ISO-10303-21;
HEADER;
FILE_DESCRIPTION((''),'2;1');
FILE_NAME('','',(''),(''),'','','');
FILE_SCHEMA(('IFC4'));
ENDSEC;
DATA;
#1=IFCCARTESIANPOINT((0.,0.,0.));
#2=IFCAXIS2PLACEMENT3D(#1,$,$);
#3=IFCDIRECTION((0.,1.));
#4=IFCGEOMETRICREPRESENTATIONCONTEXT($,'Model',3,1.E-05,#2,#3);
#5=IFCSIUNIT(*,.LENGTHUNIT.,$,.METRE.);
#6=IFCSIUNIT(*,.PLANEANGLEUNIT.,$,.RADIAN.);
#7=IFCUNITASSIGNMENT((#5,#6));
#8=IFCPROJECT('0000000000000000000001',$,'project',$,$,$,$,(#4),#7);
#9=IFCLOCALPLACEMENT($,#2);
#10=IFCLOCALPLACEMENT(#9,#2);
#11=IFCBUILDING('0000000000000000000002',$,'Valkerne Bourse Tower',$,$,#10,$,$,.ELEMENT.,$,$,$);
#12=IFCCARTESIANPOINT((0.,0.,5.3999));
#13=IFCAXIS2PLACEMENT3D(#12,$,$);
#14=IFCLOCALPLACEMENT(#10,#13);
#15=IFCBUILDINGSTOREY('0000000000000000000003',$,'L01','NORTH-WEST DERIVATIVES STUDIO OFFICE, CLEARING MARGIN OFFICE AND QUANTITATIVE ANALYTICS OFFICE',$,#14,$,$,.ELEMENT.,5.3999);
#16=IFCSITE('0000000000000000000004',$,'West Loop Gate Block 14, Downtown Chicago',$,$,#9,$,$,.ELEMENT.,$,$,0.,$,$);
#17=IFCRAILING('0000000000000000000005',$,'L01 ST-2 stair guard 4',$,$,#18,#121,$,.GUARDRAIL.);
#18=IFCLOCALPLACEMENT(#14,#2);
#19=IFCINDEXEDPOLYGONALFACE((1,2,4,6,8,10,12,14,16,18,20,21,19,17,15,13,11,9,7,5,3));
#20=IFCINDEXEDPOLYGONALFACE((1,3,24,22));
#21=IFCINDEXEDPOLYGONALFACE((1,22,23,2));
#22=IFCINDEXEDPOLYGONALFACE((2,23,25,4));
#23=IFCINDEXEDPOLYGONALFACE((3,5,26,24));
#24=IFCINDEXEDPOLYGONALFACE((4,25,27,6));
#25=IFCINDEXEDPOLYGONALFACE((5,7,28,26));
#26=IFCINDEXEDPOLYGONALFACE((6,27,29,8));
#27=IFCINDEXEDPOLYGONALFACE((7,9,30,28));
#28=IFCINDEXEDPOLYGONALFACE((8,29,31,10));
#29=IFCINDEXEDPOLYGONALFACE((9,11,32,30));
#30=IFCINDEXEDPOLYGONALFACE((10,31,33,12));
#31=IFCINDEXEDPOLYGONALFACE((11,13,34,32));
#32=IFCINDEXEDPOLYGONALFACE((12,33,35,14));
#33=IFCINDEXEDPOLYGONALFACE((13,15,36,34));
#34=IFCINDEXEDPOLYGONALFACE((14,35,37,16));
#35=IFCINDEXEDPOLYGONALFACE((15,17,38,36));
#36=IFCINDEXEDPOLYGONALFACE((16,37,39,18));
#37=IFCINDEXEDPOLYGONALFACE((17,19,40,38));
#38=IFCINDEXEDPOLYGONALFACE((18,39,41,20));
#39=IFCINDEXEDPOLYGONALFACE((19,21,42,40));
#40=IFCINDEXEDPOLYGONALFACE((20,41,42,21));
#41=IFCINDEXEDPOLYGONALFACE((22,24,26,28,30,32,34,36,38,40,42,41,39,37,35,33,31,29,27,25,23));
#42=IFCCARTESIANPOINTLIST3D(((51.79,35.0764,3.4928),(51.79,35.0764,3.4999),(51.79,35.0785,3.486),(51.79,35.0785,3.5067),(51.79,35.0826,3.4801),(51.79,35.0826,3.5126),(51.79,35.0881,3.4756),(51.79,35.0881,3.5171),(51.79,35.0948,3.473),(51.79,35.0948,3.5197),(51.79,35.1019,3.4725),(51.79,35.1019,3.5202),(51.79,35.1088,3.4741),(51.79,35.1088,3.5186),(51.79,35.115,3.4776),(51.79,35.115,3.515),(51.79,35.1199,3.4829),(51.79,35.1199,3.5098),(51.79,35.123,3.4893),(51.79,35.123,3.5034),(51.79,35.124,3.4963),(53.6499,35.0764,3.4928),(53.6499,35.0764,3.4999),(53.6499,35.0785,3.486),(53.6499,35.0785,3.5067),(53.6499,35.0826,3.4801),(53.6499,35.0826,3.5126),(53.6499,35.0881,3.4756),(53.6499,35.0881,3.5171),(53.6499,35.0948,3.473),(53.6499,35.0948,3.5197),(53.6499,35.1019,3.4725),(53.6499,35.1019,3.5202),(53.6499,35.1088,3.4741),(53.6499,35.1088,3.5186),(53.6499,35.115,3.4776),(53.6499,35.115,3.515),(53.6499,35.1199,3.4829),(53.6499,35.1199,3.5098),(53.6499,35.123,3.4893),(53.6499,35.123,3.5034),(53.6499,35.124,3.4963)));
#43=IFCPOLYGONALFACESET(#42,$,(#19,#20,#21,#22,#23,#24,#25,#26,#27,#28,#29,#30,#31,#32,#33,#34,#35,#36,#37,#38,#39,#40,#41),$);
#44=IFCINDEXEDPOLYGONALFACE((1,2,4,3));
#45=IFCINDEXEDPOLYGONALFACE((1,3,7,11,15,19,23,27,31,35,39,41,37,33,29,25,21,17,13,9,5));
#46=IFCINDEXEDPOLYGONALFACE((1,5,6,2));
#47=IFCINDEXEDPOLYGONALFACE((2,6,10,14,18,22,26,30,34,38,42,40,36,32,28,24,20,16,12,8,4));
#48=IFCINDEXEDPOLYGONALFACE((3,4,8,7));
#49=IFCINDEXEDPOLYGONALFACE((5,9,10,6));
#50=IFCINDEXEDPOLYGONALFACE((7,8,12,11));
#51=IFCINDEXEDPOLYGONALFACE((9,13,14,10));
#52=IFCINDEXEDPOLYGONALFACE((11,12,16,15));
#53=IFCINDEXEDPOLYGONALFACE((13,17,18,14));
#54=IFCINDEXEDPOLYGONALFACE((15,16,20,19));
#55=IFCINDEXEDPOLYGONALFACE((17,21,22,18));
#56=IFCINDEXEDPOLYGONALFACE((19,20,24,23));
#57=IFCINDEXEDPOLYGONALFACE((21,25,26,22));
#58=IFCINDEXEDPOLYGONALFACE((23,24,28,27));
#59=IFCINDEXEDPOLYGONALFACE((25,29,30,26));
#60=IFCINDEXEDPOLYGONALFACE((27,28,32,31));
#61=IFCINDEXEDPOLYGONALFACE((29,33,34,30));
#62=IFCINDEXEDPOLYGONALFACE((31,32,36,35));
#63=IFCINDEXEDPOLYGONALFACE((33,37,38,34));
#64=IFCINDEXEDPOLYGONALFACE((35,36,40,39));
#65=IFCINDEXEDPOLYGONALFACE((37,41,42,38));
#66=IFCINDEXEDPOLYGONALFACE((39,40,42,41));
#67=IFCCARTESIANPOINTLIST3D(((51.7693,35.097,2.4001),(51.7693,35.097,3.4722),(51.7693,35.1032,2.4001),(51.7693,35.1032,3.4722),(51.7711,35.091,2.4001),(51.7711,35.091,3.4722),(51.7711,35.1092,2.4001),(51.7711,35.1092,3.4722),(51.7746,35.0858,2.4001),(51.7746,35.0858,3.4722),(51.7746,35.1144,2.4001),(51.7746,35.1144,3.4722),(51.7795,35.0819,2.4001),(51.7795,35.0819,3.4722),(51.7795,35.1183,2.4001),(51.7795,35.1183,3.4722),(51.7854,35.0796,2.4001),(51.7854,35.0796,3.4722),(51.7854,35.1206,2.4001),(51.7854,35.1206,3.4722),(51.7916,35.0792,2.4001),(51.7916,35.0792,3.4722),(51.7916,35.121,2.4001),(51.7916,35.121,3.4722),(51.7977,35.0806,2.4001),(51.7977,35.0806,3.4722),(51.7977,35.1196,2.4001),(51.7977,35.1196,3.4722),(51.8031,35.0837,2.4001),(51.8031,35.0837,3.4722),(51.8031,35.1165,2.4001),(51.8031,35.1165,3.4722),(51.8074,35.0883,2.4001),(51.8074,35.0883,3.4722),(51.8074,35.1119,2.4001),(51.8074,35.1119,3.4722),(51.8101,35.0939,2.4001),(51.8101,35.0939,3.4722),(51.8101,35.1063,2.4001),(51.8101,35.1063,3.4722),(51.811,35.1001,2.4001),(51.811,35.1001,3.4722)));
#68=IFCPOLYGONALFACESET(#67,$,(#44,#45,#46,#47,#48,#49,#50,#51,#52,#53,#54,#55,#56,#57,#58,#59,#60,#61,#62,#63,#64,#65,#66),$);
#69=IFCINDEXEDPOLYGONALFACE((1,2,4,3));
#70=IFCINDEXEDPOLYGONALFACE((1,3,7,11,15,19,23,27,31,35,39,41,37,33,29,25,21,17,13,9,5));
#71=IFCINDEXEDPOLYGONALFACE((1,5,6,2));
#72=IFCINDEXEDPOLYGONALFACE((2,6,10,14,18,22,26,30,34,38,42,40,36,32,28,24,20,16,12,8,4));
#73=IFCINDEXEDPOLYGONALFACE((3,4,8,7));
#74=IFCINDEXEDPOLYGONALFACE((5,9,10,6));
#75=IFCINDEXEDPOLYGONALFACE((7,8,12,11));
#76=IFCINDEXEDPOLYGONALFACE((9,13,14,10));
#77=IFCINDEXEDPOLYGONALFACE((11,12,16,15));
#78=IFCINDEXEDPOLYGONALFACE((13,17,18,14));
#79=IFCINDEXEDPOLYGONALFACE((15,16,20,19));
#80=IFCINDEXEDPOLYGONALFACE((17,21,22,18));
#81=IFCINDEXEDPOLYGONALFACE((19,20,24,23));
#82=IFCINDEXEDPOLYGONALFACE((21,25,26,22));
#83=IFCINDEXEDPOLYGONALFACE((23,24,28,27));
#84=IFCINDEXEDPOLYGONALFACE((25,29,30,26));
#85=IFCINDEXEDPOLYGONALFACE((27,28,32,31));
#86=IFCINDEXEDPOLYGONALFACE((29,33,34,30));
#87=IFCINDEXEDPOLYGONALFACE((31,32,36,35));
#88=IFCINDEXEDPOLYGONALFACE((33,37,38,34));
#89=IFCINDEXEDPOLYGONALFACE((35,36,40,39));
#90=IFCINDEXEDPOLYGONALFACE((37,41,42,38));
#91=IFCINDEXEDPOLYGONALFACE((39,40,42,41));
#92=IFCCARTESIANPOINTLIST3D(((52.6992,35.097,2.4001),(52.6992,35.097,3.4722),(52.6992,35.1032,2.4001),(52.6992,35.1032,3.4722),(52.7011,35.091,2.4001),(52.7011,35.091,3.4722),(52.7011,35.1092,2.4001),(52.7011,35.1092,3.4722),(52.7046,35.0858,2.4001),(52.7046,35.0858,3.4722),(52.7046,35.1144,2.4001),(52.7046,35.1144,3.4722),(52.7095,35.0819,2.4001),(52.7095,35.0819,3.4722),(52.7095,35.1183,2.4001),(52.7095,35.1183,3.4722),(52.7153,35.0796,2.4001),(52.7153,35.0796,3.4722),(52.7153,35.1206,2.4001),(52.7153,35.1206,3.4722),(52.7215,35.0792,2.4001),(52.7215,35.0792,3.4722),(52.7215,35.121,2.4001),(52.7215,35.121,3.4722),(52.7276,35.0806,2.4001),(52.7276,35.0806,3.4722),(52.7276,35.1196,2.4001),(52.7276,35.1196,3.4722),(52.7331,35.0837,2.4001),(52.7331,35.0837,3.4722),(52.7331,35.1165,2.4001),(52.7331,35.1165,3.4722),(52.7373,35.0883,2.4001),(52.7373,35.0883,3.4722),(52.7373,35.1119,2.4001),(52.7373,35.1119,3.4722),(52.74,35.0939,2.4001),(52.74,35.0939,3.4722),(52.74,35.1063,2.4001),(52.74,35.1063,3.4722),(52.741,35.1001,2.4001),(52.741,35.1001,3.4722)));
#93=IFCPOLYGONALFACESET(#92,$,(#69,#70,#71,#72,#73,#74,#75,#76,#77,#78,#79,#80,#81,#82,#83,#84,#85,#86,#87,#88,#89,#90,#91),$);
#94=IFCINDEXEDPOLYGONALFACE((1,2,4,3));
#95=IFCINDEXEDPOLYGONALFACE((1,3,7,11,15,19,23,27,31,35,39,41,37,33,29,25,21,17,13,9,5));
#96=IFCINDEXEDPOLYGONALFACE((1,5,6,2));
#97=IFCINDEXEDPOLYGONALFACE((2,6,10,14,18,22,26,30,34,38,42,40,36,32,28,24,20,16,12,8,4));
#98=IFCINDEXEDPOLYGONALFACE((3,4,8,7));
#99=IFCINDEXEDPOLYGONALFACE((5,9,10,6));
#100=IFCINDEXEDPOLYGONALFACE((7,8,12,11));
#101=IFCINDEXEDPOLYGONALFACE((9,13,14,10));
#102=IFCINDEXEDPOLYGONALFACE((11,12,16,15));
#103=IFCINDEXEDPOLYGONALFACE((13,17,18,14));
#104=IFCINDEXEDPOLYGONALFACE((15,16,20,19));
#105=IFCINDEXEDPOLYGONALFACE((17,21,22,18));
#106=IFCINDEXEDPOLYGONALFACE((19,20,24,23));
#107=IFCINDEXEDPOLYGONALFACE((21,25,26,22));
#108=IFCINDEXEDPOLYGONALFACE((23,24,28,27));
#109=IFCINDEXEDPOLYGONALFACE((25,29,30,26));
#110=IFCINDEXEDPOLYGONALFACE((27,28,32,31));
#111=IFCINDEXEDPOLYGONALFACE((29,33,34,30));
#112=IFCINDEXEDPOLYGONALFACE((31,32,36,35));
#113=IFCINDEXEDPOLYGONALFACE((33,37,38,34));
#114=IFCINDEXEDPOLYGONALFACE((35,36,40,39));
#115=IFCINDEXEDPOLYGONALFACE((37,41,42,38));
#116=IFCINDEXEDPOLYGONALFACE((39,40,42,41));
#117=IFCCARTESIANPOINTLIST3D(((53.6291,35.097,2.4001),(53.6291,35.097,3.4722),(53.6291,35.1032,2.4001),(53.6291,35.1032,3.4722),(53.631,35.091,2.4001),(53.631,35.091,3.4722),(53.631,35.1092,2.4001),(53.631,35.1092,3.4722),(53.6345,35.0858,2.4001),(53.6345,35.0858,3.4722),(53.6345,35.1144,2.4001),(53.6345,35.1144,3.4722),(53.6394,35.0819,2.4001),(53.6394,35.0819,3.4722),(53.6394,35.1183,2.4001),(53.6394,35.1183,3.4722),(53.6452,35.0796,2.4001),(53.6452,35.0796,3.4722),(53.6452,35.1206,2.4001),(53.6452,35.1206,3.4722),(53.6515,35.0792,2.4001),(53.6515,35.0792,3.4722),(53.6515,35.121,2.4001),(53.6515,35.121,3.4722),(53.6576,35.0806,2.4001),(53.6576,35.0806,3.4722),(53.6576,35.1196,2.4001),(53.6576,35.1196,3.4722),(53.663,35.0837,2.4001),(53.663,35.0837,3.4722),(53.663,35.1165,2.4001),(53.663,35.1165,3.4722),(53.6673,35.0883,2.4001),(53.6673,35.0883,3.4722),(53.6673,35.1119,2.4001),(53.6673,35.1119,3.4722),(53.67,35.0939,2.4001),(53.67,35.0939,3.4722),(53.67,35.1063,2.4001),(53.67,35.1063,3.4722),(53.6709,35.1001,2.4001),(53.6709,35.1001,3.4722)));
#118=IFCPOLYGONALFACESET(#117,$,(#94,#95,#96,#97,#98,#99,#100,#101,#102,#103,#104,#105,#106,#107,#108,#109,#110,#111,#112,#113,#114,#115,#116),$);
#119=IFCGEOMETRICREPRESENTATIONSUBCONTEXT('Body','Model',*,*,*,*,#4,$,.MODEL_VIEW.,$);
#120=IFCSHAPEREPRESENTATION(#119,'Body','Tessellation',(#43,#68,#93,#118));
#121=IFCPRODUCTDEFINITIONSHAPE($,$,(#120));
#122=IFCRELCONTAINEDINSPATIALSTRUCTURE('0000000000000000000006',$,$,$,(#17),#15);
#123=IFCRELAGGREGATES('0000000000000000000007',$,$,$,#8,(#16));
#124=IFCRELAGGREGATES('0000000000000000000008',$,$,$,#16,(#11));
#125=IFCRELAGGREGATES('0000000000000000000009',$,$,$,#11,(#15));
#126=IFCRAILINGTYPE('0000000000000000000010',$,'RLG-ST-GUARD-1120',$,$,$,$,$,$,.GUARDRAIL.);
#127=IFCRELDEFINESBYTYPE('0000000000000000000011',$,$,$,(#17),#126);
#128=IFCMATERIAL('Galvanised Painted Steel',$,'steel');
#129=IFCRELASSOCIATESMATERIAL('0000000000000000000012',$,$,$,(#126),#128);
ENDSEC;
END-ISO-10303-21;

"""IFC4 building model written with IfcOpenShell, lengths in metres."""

from ifc_helpers import new_model, si_unit, direction, frame, origin, origin_2d, place, context, subcontext, project, spatial, circle, extrude, material, type_object, element, save


model = new_model("IFC4")

# Units and contexts
model_context = context("Model", 3, precision=1e-05, world=origin(), true_north=direction((0.0, 1.0)))
body_context = subcontext(model_context, "Body", "Model", "MODEL_VIEW")
ifc_project = project(units=[si_unit("LENGTHUNIT", "METRE"), si_unit("PLANEANGLEUNIT", "RADIAN")], contexts=[model_context])

# Site, building, storey
site_placement = place(None, origin())
site = spatial("IfcSite", under=ifc_project, at=site_placement, Name="West Loop Gate Block 14, Downtown Chicago", CompositionType="ELEMENT", RefElevation=0.0)
building_placement = place(site_placement, origin())
building = spatial("IfcBuilding", under=site, at=building_placement, Name="Valkerne Bourse Tower", CompositionType="ELEMENT")
storey_placement = place(building_placement, frame((0.0, 0.0, 5.3999)))
storey = spatial("IfcBuildingStorey", under=building, at=storey_placement, Name="L01", Description="NORTH-WEST DERIVATIVES STUDIO OFFICE, CLEARING MARGIN OFFICE AND QUANTITATIVE ANALYTICS OFFICE", CompositionType="ELEMENT", Elevation=5.3999)

# Railing
ifc_material_1 = material(Name="Galvanised Painted Steel", Category="steel")
railing_type_1 = type_object("IfcRailingType", Name="RLG-ST-GUARD-1120", PredefinedType="GUARDRAIL", material=ifc_material_1)
railing_1_placement = place(storey_placement, frame((51.79, 35.1001, 2.4001)))
element("IfcRailing", 1, at=railing_1_placement, inside=storey, type_object=railing_type_1, Name="L01 ST-2 stair guard 4", PredefinedType="GUARDRAIL", context=body_context, shape_type="SweptSolid", body=[
    extrude(circle(Radius=0.0239, at=origin_2d()), frame((0.0, 0.0, 1.0962), z_axis=(1.0, 0.0, 0.0), x_axis=(0.0, 1.0, 0.0)), (0.0, 0.0, 1.0), 1.8599),
    extrude(circle(Radius=0.021, at=origin_2d()), origin(), (0.0, 0.0, 1.0), 1.072),
    extrude(circle(Radius=0.021, at=origin_2d()), frame((0.9299, 0.0, 0.0)), (0.0, 0.0, 1.0), 1.072),
    extrude(circle(Radius=0.021, at=origin_2d()), frame((1.8599, 0.0, 0.0)), (0.0, 0.0, 1.0), 1.072),
])

save(model, "model.ifc")
